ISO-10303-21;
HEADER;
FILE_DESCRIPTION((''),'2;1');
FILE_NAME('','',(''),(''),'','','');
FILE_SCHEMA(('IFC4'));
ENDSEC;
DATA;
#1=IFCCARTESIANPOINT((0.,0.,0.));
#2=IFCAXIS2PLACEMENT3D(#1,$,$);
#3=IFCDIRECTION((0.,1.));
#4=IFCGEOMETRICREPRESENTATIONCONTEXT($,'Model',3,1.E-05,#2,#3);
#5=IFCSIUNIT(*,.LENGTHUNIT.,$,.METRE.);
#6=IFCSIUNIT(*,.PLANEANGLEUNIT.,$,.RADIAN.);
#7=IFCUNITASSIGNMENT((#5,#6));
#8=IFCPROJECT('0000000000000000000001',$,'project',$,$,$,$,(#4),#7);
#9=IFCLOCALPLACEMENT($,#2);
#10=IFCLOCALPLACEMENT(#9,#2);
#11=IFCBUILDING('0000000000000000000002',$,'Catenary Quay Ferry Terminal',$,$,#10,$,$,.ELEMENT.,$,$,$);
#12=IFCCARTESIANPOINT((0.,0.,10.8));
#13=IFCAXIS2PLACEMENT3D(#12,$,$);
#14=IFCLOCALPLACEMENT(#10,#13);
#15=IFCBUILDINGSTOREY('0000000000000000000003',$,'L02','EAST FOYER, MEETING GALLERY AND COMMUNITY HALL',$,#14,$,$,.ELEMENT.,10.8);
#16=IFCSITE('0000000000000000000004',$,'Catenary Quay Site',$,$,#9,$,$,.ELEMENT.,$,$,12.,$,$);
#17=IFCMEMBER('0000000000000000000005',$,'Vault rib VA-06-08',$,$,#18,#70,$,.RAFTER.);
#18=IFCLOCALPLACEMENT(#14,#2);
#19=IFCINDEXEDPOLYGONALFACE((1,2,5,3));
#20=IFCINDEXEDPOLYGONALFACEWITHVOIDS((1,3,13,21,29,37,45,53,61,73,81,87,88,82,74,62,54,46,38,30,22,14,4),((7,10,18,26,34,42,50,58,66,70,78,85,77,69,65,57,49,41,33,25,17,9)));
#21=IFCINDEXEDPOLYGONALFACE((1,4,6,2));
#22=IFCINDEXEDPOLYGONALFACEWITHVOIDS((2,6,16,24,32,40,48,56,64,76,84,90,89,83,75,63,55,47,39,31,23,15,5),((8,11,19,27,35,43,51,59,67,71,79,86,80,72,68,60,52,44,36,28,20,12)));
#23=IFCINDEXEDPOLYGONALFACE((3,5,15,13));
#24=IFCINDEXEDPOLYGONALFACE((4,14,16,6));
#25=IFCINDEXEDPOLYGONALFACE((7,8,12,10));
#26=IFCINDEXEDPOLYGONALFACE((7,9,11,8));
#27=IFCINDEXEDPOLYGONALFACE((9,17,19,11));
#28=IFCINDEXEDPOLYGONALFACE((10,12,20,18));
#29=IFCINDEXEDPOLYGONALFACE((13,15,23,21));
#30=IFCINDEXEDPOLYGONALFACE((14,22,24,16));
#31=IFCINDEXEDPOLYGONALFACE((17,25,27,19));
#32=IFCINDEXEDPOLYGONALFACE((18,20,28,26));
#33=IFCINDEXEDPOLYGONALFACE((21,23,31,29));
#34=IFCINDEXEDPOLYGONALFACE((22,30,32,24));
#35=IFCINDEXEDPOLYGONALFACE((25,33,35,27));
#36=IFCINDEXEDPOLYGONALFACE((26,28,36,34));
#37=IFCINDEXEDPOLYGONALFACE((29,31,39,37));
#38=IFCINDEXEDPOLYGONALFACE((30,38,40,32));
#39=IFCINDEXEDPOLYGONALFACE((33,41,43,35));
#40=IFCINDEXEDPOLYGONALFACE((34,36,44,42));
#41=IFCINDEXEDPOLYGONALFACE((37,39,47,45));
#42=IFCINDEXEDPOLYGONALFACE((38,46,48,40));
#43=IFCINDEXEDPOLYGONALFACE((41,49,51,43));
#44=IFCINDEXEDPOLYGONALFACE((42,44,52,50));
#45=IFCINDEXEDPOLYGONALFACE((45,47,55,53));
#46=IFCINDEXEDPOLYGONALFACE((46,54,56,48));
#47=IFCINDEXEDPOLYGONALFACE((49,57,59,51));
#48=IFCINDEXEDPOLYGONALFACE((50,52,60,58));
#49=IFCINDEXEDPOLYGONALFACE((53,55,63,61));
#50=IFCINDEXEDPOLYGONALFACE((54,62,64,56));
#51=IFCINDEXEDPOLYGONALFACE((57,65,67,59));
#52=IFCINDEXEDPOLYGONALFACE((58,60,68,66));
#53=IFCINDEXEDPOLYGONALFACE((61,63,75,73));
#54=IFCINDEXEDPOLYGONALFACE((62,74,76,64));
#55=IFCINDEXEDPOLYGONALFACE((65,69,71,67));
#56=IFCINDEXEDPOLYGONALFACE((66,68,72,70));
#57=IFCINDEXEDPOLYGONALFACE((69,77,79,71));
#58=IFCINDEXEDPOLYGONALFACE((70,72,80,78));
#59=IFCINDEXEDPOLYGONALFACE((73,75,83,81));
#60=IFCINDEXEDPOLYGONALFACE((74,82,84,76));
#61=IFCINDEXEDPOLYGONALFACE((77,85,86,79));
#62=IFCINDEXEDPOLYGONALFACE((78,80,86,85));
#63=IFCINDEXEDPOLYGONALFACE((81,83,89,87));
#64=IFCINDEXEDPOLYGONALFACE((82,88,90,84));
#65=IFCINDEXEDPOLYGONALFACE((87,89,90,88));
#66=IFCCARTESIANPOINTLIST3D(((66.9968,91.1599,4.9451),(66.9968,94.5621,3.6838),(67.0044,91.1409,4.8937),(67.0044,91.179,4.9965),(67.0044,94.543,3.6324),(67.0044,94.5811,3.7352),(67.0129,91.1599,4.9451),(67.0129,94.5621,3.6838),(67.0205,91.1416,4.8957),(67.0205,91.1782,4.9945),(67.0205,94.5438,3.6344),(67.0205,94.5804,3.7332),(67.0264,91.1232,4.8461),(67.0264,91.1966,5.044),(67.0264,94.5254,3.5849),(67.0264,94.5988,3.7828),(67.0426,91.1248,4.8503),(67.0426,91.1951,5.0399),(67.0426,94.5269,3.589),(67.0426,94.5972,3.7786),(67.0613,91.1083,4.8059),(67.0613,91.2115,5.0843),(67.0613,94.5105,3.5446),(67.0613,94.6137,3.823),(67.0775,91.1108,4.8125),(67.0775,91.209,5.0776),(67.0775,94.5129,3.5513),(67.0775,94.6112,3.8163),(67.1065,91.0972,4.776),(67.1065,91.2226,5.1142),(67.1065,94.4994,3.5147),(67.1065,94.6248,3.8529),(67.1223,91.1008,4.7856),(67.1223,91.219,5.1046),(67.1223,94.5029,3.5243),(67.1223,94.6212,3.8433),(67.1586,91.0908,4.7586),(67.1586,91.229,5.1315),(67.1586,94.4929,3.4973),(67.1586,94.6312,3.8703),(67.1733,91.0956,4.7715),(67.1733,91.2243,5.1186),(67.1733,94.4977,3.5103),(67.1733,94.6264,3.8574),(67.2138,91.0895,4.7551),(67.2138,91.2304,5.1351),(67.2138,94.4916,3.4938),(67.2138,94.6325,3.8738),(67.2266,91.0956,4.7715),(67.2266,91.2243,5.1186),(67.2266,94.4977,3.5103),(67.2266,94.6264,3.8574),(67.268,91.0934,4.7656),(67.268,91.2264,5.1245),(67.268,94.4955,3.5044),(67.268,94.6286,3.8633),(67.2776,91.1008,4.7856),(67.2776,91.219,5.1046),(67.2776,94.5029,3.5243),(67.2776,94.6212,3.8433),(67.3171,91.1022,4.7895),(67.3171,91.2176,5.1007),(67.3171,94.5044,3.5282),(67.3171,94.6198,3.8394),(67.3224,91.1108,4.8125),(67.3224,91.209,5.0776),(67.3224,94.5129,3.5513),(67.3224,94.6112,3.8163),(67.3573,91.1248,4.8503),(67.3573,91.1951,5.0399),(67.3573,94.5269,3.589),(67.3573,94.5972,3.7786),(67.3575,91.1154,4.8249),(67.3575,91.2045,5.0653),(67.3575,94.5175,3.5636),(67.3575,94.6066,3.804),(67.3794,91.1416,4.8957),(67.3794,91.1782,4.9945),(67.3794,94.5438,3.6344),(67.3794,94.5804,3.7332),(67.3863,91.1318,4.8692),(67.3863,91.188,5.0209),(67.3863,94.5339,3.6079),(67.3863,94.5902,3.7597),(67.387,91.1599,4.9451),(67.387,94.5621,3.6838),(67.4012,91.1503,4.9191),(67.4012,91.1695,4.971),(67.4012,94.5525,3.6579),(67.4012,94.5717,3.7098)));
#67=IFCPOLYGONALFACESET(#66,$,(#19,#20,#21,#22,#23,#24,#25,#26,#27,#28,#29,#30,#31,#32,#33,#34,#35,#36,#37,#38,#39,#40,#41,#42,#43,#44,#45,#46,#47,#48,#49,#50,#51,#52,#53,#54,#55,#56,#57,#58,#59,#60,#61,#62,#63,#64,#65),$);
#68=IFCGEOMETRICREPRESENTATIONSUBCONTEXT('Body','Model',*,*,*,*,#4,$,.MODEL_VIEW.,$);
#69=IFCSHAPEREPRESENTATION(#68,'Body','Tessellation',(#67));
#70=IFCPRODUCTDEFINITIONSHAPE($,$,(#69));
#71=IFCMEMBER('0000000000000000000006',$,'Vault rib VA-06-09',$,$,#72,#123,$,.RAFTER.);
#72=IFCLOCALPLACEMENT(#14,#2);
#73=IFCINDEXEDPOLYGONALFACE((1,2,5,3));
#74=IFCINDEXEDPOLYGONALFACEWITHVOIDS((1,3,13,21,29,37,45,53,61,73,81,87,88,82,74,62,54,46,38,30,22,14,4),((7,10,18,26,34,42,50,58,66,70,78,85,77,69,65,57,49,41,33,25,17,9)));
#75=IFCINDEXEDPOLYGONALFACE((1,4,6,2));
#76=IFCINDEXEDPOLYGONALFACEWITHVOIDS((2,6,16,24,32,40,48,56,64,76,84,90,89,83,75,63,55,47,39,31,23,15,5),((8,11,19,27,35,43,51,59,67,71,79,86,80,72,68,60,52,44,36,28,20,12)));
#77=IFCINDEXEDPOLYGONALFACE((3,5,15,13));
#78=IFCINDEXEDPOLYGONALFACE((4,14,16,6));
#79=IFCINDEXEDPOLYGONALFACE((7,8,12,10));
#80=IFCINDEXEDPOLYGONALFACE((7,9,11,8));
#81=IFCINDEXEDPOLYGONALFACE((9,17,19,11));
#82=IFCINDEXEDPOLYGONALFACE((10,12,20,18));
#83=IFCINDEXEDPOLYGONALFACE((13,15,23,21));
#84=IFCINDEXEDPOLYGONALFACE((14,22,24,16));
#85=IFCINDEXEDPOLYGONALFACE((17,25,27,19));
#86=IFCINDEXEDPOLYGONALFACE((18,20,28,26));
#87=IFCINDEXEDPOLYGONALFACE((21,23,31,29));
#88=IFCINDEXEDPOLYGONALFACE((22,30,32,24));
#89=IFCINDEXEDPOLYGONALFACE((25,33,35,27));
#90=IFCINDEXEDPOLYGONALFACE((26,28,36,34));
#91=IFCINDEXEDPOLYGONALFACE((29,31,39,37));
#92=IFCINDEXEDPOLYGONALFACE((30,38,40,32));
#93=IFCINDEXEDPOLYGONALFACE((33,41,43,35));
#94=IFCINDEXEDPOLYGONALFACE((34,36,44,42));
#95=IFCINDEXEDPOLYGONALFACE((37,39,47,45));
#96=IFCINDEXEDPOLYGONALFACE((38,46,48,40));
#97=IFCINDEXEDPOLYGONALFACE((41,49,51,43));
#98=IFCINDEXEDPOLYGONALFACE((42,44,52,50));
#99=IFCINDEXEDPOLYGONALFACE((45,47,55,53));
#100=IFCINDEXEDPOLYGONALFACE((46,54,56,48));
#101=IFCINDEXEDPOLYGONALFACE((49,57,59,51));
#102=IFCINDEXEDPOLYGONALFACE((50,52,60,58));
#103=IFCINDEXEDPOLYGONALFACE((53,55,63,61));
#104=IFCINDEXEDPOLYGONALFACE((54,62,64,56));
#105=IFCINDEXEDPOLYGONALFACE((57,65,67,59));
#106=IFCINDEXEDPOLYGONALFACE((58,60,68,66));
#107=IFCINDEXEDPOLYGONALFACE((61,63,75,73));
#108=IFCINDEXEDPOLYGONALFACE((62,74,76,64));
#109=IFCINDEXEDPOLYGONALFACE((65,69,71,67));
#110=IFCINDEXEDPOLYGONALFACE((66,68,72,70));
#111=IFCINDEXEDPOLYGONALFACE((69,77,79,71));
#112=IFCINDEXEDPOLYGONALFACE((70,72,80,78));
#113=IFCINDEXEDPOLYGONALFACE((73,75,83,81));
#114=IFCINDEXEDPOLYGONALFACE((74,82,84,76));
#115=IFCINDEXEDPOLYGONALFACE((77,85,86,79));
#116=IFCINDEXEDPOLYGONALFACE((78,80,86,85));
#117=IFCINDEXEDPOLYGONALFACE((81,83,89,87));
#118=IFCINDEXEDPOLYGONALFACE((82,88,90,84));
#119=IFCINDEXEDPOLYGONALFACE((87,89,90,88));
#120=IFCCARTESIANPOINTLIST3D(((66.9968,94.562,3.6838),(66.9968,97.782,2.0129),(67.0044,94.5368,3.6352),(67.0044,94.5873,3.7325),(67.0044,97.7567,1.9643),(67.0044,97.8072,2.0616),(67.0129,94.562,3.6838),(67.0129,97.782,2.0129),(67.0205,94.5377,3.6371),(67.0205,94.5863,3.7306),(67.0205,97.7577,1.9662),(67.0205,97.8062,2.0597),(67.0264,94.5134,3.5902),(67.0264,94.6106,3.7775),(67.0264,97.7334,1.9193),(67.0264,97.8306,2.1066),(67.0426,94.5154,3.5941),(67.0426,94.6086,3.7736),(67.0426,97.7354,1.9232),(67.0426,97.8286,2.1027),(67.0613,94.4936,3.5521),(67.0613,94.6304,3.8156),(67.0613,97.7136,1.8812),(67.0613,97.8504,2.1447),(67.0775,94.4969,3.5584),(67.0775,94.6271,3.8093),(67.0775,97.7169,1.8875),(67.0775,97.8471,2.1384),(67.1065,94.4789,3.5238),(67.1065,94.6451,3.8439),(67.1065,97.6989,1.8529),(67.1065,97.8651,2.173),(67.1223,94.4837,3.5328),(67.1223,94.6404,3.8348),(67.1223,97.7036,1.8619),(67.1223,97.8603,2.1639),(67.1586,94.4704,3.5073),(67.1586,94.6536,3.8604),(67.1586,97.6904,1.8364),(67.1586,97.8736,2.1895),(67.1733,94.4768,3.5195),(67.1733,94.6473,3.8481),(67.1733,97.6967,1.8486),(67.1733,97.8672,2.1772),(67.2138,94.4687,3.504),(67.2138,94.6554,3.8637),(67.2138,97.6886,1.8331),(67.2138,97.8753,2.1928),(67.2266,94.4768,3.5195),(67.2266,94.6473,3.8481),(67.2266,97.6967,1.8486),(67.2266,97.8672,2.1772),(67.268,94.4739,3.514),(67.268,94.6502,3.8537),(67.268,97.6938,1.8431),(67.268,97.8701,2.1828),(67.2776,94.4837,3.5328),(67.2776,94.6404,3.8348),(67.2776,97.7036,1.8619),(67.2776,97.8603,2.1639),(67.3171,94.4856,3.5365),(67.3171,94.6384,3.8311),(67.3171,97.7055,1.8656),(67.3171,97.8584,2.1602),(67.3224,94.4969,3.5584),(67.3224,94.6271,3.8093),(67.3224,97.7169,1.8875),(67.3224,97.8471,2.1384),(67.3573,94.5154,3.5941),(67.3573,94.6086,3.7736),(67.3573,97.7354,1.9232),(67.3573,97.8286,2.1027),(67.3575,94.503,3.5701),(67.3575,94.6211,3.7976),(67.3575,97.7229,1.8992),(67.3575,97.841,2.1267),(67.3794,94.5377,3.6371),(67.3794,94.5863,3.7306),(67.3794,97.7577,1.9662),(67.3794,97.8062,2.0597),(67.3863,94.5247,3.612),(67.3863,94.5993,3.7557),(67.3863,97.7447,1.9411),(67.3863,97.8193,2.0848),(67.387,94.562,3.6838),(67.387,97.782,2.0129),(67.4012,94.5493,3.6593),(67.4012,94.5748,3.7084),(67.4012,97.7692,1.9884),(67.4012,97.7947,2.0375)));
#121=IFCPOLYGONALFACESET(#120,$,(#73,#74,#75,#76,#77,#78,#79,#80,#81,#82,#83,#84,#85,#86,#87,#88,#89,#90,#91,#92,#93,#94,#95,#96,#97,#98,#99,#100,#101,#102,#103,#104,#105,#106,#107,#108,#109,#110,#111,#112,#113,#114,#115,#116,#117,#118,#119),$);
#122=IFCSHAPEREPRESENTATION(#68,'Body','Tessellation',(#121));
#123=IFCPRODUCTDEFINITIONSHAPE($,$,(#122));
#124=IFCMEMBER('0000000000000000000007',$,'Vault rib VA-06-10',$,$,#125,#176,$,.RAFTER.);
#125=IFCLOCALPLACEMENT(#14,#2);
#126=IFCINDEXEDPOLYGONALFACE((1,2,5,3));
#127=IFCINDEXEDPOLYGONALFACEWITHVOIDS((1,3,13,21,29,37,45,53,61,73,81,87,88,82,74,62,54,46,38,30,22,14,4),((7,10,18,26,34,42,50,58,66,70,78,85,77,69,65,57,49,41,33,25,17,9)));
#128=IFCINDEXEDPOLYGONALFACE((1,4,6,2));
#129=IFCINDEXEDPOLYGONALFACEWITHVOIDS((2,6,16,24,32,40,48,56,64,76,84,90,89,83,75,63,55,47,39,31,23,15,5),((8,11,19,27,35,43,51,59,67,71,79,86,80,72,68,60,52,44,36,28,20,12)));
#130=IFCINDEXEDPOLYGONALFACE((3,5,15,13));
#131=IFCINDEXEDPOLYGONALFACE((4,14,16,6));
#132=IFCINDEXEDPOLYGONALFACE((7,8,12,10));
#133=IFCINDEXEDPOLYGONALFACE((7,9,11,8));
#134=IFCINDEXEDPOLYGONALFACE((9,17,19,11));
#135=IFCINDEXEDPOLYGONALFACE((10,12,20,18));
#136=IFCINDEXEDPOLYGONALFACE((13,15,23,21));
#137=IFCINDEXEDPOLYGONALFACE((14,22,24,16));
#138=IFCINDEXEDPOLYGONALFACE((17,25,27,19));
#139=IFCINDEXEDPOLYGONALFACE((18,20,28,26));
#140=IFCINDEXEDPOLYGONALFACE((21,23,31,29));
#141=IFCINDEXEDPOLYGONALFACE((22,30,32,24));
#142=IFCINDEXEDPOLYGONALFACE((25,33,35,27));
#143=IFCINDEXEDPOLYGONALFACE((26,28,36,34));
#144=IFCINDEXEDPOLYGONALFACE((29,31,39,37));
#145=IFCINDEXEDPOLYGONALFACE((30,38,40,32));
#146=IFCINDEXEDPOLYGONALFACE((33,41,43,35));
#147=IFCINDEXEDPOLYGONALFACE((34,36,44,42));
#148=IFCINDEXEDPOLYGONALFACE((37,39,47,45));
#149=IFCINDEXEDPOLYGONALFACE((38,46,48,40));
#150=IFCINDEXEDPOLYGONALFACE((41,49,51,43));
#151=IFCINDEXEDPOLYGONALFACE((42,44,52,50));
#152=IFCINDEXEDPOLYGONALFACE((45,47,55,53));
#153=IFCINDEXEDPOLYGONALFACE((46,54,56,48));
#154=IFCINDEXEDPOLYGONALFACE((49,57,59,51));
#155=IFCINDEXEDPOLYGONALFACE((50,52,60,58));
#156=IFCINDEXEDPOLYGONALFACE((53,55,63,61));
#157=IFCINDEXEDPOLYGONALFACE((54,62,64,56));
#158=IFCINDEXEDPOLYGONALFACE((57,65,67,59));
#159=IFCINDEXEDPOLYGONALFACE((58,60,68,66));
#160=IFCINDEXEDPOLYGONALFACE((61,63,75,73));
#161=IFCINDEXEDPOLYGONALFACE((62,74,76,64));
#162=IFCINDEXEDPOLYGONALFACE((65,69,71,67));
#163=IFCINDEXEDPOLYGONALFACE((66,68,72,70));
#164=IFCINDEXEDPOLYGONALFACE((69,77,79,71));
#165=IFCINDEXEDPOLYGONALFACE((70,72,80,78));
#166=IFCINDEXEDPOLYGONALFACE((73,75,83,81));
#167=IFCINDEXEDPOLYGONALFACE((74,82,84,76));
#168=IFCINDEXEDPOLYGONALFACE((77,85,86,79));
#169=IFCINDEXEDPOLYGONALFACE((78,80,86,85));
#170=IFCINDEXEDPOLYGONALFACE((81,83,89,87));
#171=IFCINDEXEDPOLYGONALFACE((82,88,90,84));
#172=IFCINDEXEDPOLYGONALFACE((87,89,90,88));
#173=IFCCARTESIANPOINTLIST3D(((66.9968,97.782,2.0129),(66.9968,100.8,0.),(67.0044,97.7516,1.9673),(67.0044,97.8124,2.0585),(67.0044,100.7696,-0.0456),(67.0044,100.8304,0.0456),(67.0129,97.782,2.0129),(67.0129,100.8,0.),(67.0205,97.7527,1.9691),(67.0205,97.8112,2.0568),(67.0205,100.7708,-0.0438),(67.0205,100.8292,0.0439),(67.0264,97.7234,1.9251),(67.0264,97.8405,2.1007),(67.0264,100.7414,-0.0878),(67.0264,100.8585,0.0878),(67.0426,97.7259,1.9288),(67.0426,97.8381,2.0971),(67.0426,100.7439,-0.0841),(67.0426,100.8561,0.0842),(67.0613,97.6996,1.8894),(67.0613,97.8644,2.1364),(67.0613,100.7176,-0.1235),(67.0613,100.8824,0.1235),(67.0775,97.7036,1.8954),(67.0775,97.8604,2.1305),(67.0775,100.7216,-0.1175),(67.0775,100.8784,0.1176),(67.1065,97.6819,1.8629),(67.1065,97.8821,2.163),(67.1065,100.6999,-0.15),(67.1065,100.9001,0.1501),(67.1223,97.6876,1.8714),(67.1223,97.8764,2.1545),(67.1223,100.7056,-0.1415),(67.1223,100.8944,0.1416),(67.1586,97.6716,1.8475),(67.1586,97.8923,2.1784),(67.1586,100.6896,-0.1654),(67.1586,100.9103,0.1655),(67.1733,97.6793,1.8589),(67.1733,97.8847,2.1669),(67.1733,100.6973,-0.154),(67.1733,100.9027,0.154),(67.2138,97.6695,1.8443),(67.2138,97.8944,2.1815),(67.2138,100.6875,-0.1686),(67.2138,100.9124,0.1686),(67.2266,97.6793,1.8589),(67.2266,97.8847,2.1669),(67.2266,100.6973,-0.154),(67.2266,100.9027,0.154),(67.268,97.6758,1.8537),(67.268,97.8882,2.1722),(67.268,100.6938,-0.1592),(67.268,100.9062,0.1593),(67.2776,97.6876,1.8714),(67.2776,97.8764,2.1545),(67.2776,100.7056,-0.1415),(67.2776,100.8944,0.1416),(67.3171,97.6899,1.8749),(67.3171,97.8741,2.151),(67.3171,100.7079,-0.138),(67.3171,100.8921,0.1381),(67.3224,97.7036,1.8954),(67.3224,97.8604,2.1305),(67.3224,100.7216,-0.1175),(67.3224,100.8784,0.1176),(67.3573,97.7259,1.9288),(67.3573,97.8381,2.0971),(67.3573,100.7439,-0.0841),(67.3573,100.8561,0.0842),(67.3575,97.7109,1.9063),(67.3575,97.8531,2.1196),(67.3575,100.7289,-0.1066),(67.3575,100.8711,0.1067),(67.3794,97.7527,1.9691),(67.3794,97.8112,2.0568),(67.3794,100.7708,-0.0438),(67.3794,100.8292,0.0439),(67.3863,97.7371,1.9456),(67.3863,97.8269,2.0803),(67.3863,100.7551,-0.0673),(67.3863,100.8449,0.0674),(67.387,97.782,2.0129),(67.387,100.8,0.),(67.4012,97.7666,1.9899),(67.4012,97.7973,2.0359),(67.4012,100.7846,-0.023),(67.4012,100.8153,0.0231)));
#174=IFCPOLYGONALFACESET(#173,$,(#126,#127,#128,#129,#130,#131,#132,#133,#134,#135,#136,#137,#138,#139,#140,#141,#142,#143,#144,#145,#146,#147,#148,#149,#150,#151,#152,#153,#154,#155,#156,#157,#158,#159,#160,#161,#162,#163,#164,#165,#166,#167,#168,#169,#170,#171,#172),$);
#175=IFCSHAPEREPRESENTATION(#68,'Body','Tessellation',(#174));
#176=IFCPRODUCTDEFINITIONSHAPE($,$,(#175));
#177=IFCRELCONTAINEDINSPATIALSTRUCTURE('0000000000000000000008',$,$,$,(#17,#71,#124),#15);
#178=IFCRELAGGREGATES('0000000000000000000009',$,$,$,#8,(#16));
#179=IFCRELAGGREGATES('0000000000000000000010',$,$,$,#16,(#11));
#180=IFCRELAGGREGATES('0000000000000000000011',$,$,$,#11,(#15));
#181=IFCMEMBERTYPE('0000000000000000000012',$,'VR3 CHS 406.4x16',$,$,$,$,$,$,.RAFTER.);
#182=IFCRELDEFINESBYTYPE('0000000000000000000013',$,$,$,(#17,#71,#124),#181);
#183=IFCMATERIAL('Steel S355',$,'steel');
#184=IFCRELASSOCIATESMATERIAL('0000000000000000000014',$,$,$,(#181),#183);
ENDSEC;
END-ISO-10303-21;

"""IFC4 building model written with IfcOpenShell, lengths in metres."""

from ifc_helpers import new_model, si_unit, direction, frame, origin, origin_2d, place, context, subcontext, project, spatial, hollow_circle, extrude, material, material_profile, profile_set, type_object, element, save


model = new_model("IFC4")

# Units and contexts
model_context = context("Model", 3, precision=1e-05, world=origin(), true_north=direction((0.0, 1.0)))
body_context = subcontext(model_context, "Body", "Model", "MODEL_VIEW")
ifc_project = project(units=[si_unit("LENGTHUNIT", "METRE"), si_unit("PLANEANGLEUNIT", "RADIAN")], contexts=[model_context])

# Site, building, storey
site_placement = place(None, origin())
site = spatial("IfcSite", under=ifc_project, at=site_placement, Name="Catenary Quay Site", CompositionType="ELEMENT", RefElevation=12.0)
building_placement = place(site_placement, origin())
building = spatial("IfcBuilding", under=site, at=building_placement, Name="Catenary Quay Ferry Terminal", CompositionType="ELEMENT")
storey_placement = place(building_placement, frame((0.0, 0.0, 10.8)))
storey = spatial("IfcBuildingStorey", under=building, at=storey_placement, Name="L02", Description="EAST FOYER, MEETING GALLERY AND COMMUNITY HALL", CompositionType="ELEMENT", Elevation=10.8)

# Members
ifc_material_1 = material(Name="Steel S355", Category="steel")
ifc_material_profile = material_profile(ifc_material_1, hollow_circle(Radius=0.2031, WallThickness=0.0161, at=origin_2d()), Name="CHS 406.4x16")
ifc_profile_set = profile_set([ifc_material_profile], Name="Steel S355")
member_type = type_object("IfcMemberType", Name="VR3 CHS 406.4x16", PredefinedType="RAFTER", material=ifc_profile_set)
member_1_placement = place(storey_placement, frame((67.2, 91.1599, 4.9451), z_axis=(0.0, 0.937642, -0.347604), x_axis=(-1.0, 0.0, 0.0)))
element("IfcMember", 1, at=member_1_placement, inside=storey, type_object=member_type, Name="Vault rib VA-06-08", PredefinedType="RAFTER", context=body_context, shape_type="SweptSolid", body=[
    extrude(hollow_circle(Radius=0.2031, WallThickness=0.0161, at=origin_2d()), origin(), (0.0, 0.0, 1.0), 3.6284),
])
for number, where, z_axis, x_axis, name in (
    (2, (67.2, 94.562, 3.6838), (0.0, 0.88761, -0.460596), (-1.0, 0.0, 0.0), "Vault rib VA-06-09"),
    (3, (67.2, 97.782, 2.0129), (0.0, 0.831936, -0.554871), (-1.0, 0.0, 0.0), "Vault rib VA-06-10"),
):
    element("IfcMember", number, at=place(storey_placement, frame(where, z_axis=z_axis, x_axis=x_axis)), inside=storey, type_object=member_type, Name=name, PredefinedType="RAFTER", context=body_context, shape_type="SweptSolid", body=[
        extrude(hollow_circle(Radius=0.2031, WallThickness=0.0161, at=origin_2d()), origin(), (0.0, 0.0, 1.0), 3.6277),
    ])

save(model, "model.ifc")
